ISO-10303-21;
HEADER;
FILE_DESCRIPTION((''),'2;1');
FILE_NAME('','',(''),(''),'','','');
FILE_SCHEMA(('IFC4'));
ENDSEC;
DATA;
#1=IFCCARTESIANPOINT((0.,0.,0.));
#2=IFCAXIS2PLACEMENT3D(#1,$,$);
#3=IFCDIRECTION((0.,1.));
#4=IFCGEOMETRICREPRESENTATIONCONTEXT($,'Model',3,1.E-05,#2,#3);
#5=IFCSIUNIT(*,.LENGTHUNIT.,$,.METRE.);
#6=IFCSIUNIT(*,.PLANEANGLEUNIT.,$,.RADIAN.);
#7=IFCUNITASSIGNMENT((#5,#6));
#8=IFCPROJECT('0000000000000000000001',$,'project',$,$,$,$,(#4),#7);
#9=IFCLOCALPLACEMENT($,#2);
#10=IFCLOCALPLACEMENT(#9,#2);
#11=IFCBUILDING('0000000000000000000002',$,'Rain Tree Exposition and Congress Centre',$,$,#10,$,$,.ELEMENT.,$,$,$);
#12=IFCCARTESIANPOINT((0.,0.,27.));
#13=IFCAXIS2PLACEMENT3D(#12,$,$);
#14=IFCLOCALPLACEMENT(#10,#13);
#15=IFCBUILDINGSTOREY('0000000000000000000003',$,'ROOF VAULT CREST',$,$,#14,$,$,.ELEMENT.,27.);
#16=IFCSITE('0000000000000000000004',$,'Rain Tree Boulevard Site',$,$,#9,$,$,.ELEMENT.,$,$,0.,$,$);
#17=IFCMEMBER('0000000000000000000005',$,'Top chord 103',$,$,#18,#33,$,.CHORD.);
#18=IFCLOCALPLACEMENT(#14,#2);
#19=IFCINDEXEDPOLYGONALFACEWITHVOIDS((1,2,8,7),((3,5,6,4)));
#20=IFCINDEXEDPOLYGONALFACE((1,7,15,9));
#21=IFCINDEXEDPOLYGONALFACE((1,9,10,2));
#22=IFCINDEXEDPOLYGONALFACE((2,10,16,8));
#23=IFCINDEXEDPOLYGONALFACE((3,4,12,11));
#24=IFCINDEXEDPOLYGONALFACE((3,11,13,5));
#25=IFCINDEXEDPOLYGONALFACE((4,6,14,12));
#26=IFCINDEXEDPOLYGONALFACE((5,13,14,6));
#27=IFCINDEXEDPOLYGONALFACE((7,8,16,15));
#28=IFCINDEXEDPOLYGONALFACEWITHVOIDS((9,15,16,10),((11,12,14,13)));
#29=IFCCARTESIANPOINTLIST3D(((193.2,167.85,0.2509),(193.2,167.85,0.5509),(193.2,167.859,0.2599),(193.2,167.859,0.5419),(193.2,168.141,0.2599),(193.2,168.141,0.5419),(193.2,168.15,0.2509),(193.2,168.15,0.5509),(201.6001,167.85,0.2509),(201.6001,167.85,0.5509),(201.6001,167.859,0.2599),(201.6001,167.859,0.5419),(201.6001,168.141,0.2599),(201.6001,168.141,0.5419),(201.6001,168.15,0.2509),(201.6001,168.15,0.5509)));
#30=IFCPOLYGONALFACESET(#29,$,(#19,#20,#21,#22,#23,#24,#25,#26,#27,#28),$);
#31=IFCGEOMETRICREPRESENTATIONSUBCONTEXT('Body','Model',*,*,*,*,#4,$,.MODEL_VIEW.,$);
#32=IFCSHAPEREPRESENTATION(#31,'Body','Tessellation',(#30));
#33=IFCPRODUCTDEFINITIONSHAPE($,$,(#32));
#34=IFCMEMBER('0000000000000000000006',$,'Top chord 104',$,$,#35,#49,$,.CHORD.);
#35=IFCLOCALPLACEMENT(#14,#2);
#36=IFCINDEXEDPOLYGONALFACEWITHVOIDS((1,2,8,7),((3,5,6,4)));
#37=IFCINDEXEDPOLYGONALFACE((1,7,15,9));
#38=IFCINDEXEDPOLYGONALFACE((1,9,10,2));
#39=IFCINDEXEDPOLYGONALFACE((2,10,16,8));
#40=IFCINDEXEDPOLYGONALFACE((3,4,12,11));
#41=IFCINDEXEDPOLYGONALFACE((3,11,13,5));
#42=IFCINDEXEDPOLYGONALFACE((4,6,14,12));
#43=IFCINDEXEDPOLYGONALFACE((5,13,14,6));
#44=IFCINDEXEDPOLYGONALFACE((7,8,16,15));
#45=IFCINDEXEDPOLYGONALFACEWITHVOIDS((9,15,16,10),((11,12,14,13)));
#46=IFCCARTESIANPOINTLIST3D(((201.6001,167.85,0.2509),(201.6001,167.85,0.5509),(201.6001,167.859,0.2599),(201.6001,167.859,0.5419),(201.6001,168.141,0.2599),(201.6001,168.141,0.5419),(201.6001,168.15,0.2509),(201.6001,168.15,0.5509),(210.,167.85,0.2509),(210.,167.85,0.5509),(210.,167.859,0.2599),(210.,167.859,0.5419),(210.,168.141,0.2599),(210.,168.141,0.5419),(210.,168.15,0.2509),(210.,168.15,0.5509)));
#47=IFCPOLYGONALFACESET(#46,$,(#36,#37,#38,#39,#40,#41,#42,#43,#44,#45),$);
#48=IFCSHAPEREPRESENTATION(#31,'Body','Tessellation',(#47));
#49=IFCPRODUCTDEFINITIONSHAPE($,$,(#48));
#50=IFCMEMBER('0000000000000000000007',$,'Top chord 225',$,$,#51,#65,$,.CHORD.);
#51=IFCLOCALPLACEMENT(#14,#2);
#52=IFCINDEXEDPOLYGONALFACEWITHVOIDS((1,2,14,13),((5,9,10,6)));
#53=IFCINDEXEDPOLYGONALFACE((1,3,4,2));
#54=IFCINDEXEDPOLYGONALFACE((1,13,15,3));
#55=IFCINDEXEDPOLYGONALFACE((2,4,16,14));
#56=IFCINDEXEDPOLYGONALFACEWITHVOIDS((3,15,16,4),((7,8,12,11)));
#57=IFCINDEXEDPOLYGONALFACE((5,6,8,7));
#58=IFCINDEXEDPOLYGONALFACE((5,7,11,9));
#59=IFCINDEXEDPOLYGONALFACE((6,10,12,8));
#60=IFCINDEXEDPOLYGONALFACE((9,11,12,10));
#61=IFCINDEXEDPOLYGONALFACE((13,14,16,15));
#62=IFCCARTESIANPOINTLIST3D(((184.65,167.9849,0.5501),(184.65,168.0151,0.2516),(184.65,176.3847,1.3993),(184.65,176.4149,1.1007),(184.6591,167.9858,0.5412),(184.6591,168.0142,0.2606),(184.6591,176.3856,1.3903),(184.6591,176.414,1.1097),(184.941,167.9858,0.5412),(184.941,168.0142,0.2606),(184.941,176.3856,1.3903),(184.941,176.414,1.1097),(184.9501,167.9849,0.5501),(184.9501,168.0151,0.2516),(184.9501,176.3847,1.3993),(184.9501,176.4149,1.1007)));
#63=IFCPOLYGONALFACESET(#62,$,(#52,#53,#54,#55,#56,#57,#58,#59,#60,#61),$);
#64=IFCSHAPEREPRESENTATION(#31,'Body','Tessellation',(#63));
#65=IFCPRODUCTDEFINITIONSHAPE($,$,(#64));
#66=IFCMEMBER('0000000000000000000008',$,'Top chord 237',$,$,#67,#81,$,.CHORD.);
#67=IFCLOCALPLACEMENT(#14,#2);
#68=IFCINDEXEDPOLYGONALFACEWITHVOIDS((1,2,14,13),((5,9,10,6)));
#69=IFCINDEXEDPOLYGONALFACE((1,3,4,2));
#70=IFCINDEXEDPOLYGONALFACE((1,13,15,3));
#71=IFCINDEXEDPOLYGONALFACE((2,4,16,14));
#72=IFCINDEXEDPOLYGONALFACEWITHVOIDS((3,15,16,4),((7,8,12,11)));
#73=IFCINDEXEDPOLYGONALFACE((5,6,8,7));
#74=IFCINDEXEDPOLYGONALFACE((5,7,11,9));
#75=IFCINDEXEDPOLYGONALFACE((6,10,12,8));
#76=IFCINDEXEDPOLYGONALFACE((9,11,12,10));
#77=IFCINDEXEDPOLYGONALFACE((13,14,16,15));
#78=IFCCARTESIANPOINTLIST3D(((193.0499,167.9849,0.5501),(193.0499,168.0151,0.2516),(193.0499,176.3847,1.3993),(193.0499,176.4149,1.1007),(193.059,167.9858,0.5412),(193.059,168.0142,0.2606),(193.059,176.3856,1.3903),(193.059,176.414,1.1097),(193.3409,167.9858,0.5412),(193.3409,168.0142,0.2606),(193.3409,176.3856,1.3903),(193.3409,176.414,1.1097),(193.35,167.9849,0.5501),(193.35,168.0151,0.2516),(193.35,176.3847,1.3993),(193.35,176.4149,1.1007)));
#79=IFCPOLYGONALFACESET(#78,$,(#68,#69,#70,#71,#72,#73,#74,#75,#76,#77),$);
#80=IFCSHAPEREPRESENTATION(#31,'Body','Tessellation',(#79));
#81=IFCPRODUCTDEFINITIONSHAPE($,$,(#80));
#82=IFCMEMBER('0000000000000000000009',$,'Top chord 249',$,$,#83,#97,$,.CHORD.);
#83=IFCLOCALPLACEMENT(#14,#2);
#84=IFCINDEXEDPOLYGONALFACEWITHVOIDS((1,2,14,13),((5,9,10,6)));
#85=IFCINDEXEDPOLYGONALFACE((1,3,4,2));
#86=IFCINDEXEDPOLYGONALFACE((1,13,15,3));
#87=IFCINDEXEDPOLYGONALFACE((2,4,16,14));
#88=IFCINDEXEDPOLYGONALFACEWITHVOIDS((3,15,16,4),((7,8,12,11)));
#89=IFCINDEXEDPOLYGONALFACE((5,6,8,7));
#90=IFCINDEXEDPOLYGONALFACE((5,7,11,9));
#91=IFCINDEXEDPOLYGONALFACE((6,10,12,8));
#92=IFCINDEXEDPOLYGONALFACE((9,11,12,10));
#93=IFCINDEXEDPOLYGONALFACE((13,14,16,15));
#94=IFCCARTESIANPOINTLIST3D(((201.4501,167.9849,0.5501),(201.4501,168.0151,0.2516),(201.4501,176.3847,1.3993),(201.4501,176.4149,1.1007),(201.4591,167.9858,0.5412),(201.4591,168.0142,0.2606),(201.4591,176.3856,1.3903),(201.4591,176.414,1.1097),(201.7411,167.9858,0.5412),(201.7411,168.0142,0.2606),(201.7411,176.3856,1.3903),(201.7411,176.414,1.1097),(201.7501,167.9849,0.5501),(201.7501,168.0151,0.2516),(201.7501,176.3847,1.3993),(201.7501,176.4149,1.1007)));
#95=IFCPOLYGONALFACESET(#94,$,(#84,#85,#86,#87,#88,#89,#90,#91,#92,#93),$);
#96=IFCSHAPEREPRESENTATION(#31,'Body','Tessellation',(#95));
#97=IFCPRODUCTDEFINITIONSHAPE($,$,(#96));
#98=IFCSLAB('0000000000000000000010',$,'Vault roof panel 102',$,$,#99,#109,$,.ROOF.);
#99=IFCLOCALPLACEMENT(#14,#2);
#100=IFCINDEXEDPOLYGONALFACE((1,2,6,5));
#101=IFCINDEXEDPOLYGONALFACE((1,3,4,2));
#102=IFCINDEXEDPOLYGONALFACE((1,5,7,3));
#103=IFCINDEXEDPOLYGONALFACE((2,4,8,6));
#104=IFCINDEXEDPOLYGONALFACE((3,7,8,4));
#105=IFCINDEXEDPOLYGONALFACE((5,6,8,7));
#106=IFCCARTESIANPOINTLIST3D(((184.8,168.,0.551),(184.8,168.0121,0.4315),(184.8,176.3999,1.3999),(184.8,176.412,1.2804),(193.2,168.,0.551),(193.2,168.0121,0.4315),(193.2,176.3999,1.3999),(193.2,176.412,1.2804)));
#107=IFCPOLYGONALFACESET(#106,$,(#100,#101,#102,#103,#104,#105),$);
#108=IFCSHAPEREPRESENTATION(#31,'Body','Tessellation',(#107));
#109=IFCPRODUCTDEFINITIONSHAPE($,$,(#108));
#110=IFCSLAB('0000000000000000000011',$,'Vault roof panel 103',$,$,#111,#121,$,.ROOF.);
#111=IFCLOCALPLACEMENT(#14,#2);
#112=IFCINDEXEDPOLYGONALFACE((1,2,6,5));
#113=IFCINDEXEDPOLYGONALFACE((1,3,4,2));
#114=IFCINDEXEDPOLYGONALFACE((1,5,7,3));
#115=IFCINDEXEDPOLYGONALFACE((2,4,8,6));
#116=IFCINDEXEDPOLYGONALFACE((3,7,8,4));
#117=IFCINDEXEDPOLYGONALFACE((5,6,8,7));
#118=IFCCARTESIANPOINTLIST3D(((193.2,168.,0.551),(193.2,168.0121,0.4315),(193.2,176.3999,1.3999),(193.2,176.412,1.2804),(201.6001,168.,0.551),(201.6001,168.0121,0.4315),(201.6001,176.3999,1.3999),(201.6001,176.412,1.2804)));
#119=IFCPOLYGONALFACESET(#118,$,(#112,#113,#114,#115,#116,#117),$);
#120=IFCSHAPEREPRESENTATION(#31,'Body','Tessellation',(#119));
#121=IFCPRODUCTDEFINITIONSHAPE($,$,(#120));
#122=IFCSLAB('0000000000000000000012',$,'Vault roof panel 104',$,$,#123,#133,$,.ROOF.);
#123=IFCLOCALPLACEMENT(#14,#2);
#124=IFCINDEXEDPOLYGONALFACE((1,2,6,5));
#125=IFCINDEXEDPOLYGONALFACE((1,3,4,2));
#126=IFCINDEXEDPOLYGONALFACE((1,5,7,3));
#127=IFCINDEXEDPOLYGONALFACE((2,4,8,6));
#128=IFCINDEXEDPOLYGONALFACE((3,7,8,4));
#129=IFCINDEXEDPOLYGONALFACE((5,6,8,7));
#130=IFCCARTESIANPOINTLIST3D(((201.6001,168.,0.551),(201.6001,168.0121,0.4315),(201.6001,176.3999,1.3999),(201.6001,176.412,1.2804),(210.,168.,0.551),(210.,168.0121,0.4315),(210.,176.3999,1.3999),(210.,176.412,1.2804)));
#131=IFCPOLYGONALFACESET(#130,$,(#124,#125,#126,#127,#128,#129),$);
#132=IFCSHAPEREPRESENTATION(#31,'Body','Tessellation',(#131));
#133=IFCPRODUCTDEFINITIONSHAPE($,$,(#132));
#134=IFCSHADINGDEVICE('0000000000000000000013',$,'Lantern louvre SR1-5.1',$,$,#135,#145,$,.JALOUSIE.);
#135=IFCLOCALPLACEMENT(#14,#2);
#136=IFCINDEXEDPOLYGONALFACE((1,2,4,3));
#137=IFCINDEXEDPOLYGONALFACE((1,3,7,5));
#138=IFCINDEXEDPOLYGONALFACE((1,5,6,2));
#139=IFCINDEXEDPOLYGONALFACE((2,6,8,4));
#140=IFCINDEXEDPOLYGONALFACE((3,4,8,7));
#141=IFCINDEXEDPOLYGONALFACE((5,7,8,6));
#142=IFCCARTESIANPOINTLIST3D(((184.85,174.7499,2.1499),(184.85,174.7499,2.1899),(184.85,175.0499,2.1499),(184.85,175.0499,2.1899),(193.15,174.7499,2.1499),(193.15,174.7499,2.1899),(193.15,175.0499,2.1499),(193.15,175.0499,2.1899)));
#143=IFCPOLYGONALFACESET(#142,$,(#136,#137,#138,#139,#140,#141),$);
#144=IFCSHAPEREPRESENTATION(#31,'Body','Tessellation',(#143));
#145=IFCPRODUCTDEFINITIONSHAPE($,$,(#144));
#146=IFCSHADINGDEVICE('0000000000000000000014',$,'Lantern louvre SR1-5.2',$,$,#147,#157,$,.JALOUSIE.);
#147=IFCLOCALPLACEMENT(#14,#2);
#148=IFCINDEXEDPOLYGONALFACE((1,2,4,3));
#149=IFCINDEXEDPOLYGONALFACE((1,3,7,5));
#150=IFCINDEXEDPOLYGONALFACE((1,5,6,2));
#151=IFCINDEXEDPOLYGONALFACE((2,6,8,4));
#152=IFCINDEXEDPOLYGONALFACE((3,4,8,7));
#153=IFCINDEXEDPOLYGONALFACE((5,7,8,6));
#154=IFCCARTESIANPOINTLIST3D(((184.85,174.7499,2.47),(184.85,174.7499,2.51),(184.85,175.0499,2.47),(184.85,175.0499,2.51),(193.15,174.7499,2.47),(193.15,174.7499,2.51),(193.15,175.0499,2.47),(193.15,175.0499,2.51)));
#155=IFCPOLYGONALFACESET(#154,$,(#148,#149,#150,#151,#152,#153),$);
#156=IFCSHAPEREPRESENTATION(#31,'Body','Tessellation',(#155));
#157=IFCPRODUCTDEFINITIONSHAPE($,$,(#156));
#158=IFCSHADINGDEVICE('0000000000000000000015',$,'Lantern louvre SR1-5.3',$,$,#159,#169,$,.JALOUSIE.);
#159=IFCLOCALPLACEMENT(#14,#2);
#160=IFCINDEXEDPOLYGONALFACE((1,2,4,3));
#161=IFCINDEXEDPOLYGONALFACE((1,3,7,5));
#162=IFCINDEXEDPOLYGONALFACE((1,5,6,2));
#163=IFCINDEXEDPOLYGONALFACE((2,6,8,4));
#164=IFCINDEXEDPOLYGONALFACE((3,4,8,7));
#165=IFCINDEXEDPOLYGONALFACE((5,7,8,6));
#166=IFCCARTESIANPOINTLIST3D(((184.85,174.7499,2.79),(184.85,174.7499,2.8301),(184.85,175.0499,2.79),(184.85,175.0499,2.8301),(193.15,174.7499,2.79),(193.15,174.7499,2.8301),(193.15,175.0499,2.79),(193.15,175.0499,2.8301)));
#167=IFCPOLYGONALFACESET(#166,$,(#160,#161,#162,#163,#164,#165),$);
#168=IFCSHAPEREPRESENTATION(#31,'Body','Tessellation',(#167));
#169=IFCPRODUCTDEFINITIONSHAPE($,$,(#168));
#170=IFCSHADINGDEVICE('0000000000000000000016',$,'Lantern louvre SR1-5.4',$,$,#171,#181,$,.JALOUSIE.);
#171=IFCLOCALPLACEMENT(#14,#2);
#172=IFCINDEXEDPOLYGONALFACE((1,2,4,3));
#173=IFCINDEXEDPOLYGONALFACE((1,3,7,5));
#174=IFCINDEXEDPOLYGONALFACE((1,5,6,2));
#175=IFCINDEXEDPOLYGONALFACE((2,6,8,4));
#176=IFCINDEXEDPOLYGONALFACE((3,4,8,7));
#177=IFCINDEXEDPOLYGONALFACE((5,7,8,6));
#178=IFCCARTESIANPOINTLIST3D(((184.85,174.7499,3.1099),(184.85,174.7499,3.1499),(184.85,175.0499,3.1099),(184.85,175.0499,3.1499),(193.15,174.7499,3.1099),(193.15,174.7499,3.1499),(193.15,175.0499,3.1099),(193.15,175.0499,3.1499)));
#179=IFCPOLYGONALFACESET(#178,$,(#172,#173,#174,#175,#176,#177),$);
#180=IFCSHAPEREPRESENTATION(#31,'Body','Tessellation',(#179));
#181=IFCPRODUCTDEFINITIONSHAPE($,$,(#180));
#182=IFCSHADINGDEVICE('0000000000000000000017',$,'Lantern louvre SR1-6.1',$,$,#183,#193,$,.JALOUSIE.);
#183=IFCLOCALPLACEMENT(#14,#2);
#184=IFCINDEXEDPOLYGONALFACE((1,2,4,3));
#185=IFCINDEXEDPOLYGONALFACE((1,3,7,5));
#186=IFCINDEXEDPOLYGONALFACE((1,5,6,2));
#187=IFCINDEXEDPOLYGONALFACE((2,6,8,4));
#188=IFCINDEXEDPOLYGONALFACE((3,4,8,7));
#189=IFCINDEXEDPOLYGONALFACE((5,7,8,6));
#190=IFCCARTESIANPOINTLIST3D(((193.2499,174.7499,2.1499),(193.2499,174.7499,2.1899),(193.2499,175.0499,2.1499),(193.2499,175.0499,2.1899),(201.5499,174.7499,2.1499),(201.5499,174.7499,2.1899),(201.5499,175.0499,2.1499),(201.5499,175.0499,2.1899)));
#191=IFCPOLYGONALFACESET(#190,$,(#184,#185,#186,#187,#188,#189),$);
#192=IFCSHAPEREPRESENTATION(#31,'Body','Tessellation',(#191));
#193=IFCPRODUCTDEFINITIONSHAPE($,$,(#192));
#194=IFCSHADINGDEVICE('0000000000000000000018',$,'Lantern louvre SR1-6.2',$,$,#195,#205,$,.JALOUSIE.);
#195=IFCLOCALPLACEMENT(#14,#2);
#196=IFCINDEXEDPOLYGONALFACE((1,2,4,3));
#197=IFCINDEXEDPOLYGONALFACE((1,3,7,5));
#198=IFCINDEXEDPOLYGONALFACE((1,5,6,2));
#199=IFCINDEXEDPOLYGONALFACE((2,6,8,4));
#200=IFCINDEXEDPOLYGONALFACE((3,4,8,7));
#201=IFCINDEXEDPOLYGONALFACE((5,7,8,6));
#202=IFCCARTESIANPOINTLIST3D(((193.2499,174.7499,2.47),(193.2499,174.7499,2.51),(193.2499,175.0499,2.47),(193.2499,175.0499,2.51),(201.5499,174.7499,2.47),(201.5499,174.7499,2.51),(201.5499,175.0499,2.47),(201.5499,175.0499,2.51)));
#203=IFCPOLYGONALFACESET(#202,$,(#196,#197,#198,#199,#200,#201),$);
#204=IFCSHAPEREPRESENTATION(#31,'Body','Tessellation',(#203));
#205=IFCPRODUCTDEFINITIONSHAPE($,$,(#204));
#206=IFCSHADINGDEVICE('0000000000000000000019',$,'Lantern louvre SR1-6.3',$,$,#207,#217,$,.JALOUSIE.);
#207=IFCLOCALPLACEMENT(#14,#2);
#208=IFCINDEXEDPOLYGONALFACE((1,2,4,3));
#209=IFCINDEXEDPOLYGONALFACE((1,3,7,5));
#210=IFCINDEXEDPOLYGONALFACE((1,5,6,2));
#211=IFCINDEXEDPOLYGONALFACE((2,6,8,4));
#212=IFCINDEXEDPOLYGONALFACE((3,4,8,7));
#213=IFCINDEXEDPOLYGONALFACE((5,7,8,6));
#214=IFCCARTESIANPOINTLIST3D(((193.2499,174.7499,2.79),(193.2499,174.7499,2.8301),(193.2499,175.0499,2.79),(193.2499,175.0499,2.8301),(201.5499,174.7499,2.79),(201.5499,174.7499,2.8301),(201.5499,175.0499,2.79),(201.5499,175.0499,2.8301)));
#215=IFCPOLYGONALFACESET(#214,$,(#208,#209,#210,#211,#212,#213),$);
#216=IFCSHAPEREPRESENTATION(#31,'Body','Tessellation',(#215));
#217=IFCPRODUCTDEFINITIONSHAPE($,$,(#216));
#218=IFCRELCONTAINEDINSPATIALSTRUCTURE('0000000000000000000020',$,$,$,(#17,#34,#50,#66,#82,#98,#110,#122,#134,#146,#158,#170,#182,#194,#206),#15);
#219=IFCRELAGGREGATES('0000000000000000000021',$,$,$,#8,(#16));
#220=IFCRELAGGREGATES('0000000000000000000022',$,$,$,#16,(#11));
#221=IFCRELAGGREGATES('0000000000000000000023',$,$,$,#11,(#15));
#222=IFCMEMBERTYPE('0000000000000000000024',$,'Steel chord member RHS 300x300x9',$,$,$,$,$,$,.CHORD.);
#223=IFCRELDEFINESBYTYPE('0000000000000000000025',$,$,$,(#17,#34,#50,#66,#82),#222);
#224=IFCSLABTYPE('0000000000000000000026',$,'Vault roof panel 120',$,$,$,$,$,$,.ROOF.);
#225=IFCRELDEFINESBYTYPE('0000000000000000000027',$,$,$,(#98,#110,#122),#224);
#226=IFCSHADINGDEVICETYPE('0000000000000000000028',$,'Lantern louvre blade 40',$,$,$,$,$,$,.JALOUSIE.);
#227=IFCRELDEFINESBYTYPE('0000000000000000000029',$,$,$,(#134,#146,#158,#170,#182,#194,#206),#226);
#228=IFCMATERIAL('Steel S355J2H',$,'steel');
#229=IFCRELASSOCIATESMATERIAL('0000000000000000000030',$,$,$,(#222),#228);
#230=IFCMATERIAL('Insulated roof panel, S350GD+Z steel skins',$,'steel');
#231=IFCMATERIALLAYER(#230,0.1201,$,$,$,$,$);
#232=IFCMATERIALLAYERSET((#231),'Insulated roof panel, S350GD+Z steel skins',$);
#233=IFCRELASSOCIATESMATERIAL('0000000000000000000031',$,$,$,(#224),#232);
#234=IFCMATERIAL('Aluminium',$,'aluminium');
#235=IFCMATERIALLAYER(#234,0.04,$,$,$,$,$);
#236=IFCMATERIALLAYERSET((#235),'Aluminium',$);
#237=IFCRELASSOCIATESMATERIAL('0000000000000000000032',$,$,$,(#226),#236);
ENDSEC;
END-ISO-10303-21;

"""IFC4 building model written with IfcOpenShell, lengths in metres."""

from ifc_helpers import new_model, si_unit, direction, frame, origin, origin_2d, place, context, subcontext, project, spatial, polyline, rectangle, hollow_rectangle, outline, extrude, material, layer, layer_set, material_profile, profile_set, type_object, element, save


model = new_model("IFC4")

# Units and contexts
model_context = context("Model", 3, precision=1e-05, world=origin(), true_north=direction((0.0, 1.0)))
body_context = subcontext(model_context, "Body", "Model", "MODEL_VIEW")
ifc_project = project(units=[si_unit("LENGTHUNIT", "METRE"), si_unit("PLANEANGLEUNIT", "RADIAN")], contexts=[model_context])

# Site, building, storey
site_placement = place(None, origin())
site = spatial("IfcSite", under=ifc_project, at=site_placement, Name="Rain Tree Boulevard Site", CompositionType="ELEMENT", RefElevation=0.0)
building_placement = place(site_placement, origin())
building = spatial("IfcBuilding", under=site, at=building_placement, Name="Rain Tree Exposition and Congress Centre", CompositionType="ELEMENT")
storey_placement = place(building_placement, frame((0.0, 0.0, 27.0)))
storey = spatial("IfcBuildingStorey", under=building, at=storey_placement, Name="ROOF VAULT CREST", CompositionType="ELEMENT", Elevation=27.0)

# Members
ifc_material_1 = material(Name="Steel S355J2H", Category="steel")
ifc_material_profile_1 = material_profile(ifc_material_1, hollow_rectangle(XDim=0.3, YDim=0.3, WallThickness=0.009, at=origin_2d()), Name="RHS 300x300x9")
ifc_profile_set_1 = profile_set([ifc_material_profile_1], Name="Steel S355J2H")
member_type = type_object("IfcMemberType", Name="Steel chord member RHS 300x300x9", PredefinedType="CHORD", material=ifc_profile_set_1)
member_1_placement = place(storey_placement, frame((193.2, 168.0, 0.4009), z_axis=(1.0, 0.0, 0.0), x_axis=(0.0, 1.0, 0.0)))
element("IfcMember", 1, at=member_1_placement, inside=storey, type_object=member_type, Name="Top chord 103", PredefinedType="CHORD", context=body_context, shape_type="SweptSolid", body=[
    extrude(hollow_rectangle(XDim=0.3, YDim=0.3, WallThickness=0.009, at=origin_2d()), origin(), (0.0, 0.0, 1.0), 8.4001),
])
member_2_placement = place(storey_placement, frame((201.6001, 168.0, 0.4009), z_axis=(1.0, 0.0, 0.0), x_axis=(0.0, 1.0, 0.0)))
element("IfcMember", 2, at=member_2_placement, inside=storey, type_object=member_type, Name="Top chord 104", PredefinedType="CHORD", context=body_context, shape_type="SweptSolid", body=[
    extrude(hollow_rectangle(XDim=0.3, YDim=0.3, WallThickness=0.009, at=origin_2d()), origin(), (0.0, 0.0, 1.0), 8.3999),
])
for number, where, z_axis, x_axis, name in (
    (3, (184.8, 168.0, 0.4009), (0.0, 0.99493, 0.100574), (-1.0, 0.0, 0.0), "Top chord 225"),
    (4, (193.2, 168.0, 0.4009), (0.0, 0.99493, 0.100574), (-1.0, 0.0, 0.0), "Top chord 237"),
    (5, (201.6001, 168.0, 0.4009), (0.0, 0.99493, 0.100574), (-1.0, 0.0, 0.0), "Top chord 249"),
):
    element("IfcMember", number, at=place(storey_placement, frame(where, z_axis=z_axis, x_axis=x_axis)), inside=storey, type_object=member_type, Name=name, PredefinedType="CHORD", context=body_context, shape_type="SweptSolid", body=[
        extrude(hollow_rectangle(XDim=0.3, YDim=0.3, WallThickness=0.009, at=origin_2d()), origin(), (0.0, 0.0, 1.0), 8.4426),
    ])

# Slabs
ifc_material_2 = material(Name="Insulated roof panel, S350GD+Z steel skins", Category="steel")
ifc_layer_1 = layer(ifc_material_2, 0.1201)
ifc_layer_set_1 = layer_set([ifc_layer_1], Name="Insulated roof panel, S350GD+Z steel skins")
slab_type = type_object("IfcSlabType", Name="Vault roof panel 120", PredefinedType="ROOF", material=ifc_layer_set_1)
slab_1_placement = place(storey_placement, frame((184.8, 168.0, 0.551), z_axis=(0.0, -0.100546, 0.994932), x_axis=(1.0, 0.0, 0.0)))
element("IfcSlab", 6, at=slab_1_placement, inside=storey, type_object=slab_type, Name="Vault roof panel 102", PredefinedType="ROOF", context=body_context, shape_type="SweptSolid", body=[
    extrude(outline(polyline([(0.0, 0.0), (8.3999, 0.0), (8.3999, 8.4427), (0.0, 8.4427), (0.0, 0.0)])), origin(), (0.0, 0.0, -1.0), 0.1201),
])
slab_2_placement = place(storey_placement, frame((193.2, 168.0, 0.551), z_axis=(0.0, -0.100546, 0.994932), x_axis=(1.0, 0.0, 0.0)))
element("IfcSlab", 7, at=slab_2_placement, inside=storey, type_object=slab_type, Name="Vault roof panel 103", PredefinedType="ROOF", context=body_context, shape_type="SweptSolid", body=[
    extrude(outline(polyline([(0.0, 0.0), (8.4001, 0.0), (8.4001, 8.4427), (0.0, 8.4427), (0.0, 0.0)])), origin(), (0.0, 0.0, -1.0), 0.1201),
])
slab_3_placement = place(storey_placement, frame((201.6001, 168.0, 0.551), z_axis=(0.0, -0.100546, 0.994932), x_axis=(1.0, 0.0, 0.0)))
element("IfcSlab", 8, at=slab_3_placement, inside=storey, type_object=slab_type, Name="Vault roof panel 104", PredefinedType="ROOF", context=body_context, shape_type="SweptSolid", body=[
    extrude(outline(polyline([(0.0, 0.0), (8.3999, 0.0), (8.3999, 8.4427), (0.0, 8.4427), (0.0, 0.0)])), origin(), (0.0, 0.0, -1.0), 0.1201),
])

# Shading devices
ifc_material_3 = material(Name="Aluminium", Category="aluminium")
ifc_layer_2 = layer(ifc_material_3, 0.04)
ifc_layer_set_2 = layer_set([ifc_layer_2], Name="Aluminium")
shading_device_type = type_object("IfcShadingDeviceType", Name="Lantern louvre blade 40", PredefinedType="JALOUSIE", material=ifc_layer_set_2)
for number, where, z_axis, x_axis, name in (
    (9, (189.0, 174.8999, 2.1499), (0.0, 0.0, 1.0), (1.0, 0.0, 0.0), "Lantern louvre SR1-5.1"),
    (10, (189.0, 174.8999, 2.47), (0.0, 0.0, 1.0), (1.0, 0.0, 0.0), "Lantern louvre SR1-5.2"),
    (11, (189.0, 174.8999, 2.79), (0.0, 0.0, 1.0), (1.0, 0.0, 0.0), "Lantern louvre SR1-5.3"),
    (12, (189.0, 174.8999, 3.1099), (0.0, 0.0, 1.0), (1.0, 0.0, 0.0), "Lantern louvre SR1-5.4"),
    (13, (197.3999, 174.8999, 2.1499), (0.0, 0.0, 1.0), (1.0, 0.0, 0.0), "Lantern louvre SR1-6.1"),
    (14, (197.3999, 174.8999, 2.47), (0.0, 0.0, 1.0), (1.0, 0.0, 0.0), "Lantern louvre SR1-6.2"),
    (15, (197.3999, 174.8999, 2.79), (0.0, 0.0, 1.0), (1.0, 0.0, 0.0), "Lantern louvre SR1-6.3"),
):
    element("IfcShadingDevice", number, at=place(storey_placement, frame(where, z_axis=z_axis, x_axis=x_axis)), inside=storey, type_object=shading_device_type, Name=name, PredefinedType="JALOUSIE", context=body_context, shape_type="SweptSolid", body=[
        extrude(rectangle(XDim=8.3, YDim=0.3, at=origin_2d()), origin(), (0.0, 0.0, 1.0), 0.04),
    ])

save(model, "model.ifc")
